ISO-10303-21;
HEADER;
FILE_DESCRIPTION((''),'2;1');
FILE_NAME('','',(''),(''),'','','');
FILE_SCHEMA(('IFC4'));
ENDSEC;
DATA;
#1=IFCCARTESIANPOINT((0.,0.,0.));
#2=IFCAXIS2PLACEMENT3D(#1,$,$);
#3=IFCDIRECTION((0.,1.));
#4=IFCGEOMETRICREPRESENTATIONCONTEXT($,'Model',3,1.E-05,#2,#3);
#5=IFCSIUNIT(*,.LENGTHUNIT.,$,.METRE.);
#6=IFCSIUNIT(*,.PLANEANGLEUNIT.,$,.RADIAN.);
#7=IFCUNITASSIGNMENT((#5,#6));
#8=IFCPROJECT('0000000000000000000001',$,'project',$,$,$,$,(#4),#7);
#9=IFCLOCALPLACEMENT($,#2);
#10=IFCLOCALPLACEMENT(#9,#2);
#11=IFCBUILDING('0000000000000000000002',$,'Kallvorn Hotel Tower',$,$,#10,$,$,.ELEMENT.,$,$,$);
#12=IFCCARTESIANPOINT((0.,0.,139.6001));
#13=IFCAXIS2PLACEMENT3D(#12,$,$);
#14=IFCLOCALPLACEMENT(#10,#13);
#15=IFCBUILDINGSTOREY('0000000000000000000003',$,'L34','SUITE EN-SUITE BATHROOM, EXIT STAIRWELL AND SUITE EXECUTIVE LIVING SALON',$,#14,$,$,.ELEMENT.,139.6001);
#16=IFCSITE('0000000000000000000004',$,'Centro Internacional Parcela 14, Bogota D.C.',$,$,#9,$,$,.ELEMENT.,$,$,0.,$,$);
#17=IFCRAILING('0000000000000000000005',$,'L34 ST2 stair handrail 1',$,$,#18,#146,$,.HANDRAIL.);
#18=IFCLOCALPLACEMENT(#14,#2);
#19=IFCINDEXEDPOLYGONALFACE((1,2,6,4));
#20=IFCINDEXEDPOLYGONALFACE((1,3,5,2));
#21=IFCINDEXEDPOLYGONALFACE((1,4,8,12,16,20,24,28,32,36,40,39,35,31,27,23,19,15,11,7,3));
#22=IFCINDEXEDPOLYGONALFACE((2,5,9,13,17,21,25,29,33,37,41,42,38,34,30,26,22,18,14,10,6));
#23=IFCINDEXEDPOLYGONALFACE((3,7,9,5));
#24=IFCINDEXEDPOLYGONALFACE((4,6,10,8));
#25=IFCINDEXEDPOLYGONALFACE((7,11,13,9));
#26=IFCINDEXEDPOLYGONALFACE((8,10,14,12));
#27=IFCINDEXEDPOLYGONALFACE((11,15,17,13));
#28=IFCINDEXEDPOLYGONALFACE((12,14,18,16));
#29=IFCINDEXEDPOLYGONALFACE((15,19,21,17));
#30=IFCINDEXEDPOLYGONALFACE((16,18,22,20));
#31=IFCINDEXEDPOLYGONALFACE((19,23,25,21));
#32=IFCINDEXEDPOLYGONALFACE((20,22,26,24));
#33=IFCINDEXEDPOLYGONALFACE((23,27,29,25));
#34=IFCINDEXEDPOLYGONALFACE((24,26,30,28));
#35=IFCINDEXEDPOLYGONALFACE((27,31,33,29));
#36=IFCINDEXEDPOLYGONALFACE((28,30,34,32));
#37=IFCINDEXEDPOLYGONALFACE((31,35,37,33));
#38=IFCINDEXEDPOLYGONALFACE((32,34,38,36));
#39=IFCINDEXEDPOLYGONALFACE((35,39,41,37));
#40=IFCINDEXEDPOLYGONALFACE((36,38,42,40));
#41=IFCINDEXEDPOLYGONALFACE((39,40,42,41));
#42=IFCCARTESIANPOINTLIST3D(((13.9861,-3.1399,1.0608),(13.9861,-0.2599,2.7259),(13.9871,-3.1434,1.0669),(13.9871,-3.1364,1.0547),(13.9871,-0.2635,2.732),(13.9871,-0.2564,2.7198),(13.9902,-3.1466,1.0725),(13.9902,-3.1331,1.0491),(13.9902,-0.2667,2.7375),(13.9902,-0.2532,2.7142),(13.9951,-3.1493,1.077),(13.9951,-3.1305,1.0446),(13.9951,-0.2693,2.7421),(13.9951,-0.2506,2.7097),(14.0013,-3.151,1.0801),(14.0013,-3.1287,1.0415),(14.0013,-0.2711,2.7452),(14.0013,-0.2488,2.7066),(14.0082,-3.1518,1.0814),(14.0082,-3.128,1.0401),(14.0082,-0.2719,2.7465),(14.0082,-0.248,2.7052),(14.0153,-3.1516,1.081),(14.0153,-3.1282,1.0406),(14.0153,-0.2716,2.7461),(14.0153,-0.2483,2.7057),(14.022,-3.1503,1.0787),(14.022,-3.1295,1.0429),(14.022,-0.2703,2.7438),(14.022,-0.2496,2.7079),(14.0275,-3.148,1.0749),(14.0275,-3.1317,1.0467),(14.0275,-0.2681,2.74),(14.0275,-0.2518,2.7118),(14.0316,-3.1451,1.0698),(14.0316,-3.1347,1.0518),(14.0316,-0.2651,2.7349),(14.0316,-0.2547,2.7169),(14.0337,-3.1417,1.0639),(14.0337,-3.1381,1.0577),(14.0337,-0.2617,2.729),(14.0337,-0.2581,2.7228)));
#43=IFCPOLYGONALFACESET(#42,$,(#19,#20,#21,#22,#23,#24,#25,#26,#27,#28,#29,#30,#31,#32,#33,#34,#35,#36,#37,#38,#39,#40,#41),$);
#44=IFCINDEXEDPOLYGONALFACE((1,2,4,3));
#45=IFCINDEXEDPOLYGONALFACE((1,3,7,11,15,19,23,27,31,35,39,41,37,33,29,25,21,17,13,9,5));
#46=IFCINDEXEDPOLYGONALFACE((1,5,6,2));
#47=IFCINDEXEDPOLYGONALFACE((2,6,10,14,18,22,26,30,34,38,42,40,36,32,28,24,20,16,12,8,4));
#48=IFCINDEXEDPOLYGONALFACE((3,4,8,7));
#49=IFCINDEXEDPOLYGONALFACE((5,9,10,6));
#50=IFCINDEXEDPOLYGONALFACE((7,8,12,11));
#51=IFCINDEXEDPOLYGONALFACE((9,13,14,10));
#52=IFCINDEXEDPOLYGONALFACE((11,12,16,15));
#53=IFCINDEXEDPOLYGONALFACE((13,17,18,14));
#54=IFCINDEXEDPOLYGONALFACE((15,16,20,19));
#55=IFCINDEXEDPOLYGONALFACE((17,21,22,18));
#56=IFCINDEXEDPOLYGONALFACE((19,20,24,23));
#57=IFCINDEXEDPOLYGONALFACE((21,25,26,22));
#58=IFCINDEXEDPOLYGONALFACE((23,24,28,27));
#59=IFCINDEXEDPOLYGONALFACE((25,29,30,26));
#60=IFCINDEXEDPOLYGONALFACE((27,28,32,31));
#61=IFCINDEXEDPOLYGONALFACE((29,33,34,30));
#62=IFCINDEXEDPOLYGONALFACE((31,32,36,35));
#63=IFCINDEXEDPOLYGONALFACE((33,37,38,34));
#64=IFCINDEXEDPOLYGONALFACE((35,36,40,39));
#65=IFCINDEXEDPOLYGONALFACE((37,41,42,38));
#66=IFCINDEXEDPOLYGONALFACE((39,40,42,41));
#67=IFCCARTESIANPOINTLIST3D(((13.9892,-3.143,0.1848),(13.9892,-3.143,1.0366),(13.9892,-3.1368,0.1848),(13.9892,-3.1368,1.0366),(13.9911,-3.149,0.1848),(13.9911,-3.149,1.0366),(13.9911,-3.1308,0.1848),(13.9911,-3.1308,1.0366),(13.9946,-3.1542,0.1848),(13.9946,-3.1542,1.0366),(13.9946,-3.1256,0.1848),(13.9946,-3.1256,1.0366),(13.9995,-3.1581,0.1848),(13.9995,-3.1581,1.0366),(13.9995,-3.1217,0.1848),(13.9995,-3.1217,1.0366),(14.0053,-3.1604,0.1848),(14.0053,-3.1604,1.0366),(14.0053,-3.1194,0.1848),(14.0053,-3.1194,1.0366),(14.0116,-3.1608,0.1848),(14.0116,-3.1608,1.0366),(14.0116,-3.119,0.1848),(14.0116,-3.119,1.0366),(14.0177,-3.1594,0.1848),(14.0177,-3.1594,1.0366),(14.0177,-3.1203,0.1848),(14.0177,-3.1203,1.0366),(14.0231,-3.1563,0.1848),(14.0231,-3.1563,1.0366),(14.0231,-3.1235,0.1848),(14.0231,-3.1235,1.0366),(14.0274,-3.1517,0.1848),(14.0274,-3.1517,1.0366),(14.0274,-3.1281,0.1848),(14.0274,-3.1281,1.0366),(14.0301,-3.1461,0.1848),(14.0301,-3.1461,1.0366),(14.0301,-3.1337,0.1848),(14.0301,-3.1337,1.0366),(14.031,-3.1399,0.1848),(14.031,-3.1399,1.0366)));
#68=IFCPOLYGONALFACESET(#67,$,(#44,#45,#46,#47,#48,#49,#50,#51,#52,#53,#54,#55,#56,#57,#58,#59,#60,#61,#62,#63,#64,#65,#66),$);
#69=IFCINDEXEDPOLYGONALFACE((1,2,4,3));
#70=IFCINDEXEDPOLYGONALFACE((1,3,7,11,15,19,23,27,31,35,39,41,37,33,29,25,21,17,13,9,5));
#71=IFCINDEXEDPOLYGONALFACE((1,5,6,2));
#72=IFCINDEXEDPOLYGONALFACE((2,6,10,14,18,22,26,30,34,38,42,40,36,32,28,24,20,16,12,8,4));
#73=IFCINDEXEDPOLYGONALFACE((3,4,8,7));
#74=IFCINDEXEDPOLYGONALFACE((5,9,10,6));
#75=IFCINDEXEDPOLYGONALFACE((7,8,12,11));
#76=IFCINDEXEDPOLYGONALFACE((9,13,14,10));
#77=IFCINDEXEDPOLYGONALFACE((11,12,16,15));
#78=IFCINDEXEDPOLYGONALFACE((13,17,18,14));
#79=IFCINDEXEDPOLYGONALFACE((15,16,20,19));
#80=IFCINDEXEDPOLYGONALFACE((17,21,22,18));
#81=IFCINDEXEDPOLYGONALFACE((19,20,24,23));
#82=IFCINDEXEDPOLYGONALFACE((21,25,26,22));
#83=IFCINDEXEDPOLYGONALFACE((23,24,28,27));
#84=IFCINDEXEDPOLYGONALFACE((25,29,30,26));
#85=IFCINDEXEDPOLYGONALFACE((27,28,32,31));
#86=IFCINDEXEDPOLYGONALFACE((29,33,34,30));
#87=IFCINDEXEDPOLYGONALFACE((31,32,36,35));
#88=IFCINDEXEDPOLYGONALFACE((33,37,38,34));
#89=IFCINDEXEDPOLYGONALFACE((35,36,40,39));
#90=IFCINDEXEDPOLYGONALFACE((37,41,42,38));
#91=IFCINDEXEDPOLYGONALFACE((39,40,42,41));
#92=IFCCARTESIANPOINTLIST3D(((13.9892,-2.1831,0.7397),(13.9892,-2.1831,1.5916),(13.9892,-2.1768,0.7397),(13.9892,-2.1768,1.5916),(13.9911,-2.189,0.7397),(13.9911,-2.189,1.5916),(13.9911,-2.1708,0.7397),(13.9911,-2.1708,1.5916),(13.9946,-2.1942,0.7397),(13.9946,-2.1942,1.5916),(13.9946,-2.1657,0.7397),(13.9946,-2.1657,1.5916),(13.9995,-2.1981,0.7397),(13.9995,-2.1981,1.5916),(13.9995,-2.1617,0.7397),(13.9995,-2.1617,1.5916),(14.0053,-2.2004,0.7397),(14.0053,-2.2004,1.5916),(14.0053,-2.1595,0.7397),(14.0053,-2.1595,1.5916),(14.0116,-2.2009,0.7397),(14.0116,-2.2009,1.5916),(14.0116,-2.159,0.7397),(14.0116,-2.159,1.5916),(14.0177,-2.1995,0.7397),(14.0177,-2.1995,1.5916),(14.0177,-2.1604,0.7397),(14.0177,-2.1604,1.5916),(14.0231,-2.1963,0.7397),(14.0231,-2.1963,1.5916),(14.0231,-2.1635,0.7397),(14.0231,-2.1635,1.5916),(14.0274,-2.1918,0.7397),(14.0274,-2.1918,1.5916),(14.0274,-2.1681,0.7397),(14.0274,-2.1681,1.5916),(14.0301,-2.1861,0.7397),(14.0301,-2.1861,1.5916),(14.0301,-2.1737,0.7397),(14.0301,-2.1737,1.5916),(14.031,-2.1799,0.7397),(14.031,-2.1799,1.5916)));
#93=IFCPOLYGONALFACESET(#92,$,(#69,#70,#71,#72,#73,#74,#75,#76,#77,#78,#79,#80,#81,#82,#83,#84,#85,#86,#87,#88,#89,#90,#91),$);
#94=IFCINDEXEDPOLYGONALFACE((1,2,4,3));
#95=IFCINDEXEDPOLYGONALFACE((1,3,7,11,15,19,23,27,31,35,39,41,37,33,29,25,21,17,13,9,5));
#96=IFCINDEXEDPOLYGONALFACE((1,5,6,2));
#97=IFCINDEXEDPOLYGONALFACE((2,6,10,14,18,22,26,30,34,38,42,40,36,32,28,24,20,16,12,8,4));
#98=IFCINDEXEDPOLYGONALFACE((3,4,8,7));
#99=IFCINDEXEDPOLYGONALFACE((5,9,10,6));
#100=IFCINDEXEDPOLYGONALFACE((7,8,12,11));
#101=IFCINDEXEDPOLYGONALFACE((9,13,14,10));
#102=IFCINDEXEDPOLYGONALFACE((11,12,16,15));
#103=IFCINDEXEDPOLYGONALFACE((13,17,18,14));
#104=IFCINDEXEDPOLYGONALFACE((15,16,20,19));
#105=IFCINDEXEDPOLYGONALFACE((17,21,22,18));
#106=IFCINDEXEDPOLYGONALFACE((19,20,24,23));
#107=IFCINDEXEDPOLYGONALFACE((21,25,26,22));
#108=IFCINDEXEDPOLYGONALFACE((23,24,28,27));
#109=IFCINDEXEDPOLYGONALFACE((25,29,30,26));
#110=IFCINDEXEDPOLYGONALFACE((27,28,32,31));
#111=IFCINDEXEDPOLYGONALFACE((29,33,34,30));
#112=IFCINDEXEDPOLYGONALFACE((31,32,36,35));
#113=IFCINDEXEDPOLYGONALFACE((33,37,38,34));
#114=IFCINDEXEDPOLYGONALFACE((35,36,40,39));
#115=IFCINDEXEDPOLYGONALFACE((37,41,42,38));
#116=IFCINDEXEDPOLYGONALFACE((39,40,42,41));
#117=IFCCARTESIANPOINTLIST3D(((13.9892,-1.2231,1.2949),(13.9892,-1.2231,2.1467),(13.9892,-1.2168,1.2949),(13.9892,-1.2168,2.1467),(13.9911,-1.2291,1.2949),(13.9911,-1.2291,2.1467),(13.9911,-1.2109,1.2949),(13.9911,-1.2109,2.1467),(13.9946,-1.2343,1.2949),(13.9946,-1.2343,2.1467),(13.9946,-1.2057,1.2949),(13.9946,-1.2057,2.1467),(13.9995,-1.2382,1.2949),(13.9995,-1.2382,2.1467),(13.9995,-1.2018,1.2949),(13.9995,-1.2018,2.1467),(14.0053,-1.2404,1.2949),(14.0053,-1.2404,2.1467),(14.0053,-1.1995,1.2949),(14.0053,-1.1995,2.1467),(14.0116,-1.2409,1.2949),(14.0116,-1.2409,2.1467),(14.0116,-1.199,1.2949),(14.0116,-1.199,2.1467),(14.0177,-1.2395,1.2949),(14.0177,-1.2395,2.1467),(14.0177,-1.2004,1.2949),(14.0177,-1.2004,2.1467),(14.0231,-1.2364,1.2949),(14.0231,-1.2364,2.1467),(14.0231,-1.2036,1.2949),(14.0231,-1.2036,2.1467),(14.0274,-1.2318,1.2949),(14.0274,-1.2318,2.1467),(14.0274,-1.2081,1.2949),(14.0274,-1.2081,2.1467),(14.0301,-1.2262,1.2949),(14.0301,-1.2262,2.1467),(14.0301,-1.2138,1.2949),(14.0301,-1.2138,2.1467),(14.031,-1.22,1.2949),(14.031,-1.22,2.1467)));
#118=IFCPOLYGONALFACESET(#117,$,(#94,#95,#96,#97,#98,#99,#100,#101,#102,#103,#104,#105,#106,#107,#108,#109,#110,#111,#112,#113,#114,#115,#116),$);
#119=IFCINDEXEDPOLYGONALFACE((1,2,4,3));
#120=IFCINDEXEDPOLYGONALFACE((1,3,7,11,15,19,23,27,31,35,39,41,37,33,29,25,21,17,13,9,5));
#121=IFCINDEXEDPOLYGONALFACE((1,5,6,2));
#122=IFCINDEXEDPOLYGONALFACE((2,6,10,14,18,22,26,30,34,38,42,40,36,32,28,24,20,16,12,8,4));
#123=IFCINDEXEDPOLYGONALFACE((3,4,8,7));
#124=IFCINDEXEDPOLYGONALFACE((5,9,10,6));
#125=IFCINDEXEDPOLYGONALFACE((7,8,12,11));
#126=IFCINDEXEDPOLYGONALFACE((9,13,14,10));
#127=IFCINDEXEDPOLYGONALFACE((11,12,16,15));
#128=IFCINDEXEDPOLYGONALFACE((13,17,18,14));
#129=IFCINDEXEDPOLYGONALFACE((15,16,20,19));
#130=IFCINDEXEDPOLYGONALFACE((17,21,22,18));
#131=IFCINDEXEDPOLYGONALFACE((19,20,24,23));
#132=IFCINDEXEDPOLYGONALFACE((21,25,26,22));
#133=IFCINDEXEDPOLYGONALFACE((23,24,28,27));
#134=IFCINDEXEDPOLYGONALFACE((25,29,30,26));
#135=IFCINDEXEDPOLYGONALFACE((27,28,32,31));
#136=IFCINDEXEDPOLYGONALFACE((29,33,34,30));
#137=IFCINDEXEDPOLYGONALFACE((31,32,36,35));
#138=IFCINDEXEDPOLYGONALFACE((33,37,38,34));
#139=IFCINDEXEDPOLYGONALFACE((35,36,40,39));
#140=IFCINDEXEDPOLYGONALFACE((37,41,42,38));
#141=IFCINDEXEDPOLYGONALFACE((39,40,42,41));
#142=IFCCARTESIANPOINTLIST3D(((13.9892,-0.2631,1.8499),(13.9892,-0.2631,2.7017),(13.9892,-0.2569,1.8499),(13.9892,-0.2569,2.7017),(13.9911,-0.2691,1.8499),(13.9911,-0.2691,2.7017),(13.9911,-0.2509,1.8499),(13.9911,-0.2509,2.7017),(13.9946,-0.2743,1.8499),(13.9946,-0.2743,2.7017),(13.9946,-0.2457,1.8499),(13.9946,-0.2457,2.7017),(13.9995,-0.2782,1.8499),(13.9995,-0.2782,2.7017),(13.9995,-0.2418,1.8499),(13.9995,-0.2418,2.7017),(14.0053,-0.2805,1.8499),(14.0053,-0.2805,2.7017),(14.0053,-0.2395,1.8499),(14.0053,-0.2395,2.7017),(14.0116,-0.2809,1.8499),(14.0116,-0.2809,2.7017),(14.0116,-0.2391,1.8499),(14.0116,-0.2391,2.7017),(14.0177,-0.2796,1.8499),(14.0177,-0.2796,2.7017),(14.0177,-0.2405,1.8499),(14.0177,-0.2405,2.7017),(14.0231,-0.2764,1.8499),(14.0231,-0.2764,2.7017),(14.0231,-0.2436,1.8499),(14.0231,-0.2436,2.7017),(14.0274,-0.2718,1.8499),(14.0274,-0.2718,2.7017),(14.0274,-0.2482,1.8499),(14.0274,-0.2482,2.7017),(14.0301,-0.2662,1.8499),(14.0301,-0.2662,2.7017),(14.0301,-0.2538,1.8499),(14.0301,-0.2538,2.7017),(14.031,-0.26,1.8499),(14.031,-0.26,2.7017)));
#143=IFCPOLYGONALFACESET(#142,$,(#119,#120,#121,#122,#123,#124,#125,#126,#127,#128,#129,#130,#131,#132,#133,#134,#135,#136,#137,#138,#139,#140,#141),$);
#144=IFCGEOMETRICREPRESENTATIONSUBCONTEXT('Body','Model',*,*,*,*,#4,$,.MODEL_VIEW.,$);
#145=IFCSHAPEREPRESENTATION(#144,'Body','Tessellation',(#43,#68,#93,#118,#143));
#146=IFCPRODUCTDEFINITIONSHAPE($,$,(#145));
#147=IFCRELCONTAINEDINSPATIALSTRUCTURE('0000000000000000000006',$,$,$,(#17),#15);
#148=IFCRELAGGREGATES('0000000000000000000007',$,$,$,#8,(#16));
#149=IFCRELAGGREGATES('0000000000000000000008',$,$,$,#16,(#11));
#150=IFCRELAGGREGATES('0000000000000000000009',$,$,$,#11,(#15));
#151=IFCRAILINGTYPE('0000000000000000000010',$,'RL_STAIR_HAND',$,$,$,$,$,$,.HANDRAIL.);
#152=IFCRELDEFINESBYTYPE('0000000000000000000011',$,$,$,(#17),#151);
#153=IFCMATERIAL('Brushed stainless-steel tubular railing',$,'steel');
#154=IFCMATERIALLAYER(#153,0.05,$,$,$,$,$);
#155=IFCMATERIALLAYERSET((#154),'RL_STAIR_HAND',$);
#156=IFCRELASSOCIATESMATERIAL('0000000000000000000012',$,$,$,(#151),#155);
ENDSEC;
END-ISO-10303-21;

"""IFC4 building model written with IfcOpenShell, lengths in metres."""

from ifc_helpers import new_model, si_unit, direction, frame, origin, origin_2d, place, context, subcontext, project, spatial, circle, extrude, material, layer, layer_set, type_object, element, save


model = new_model("IFC4")

# Units and contexts
model_context = context("Model", 3, precision=1e-05, world=origin(), true_north=direction((0.0, 1.0)))
body_context = subcontext(model_context, "Body", "Model", "MODEL_VIEW")
ifc_project = project(units=[si_unit("LENGTHUNIT", "METRE"), si_unit("PLANEANGLEUNIT", "RADIAN")], contexts=[model_context])

# Site, building, storey
site_placement = place(None, origin())
site = spatial("IfcSite", under=ifc_project, at=site_placement, Name="Centro Internacional Parcela 14, Bogota D.C.", CompositionType="ELEMENT", RefElevation=0.0)
building_placement = place(site_placement, origin())
building = spatial("IfcBuilding", under=site, at=building_placement, Name="Kallvorn Hotel Tower", CompositionType="ELEMENT")
storey_placement = place(building_placement, frame((0.0, 0.0, 139.6001)))
storey = spatial("IfcBuildingStorey", under=building, at=storey_placement, Name="L34", Description="SUITE EN-SUITE BATHROOM, EXIT STAIRWELL AND SUITE EXECUTIVE LIVING SALON", CompositionType="ELEMENT", Elevation=139.6001)

# Railing
ifc_material_1 = material(Name="Brushed stainless-steel tubular railing", Category="steel")
ifc_layer_1 = layer(ifc_material_1, 0.05)
ifc_layer_set_1 = layer_set([ifc_layer_1], Name="RL_STAIR_HAND")
railing_type_1 = type_object("IfcRailingType", Name="RL_STAIR_HAND", PredefinedType="HANDRAIL", material=ifc_layer_set_1)
railing_1_placement = place(storey_placement, frame((14.01, -3.1399, 0.1848)))
element("IfcRailing", 1, at=railing_1_placement, inside=storey, type_object=railing_type_1, Name="L34 ST2 stair handrail 1", PredefinedType="HANDRAIL", context=body_context, shape_type="SweptSolid", body=[
    extrude(circle(Radius=0.0239, at=origin_2d()), frame((0.0, 0.0, 0.876), z_axis=(0.0, 0.865721, 0.500527), x_axis=(-1.0, 0.0, 0.0)), (0.0, 0.0, 1.0), 3.3267),
    extrude(circle(Radius=0.021, at=origin_2d()), origin(), (0.0, 0.0, 1.0), 0.8518),
    extrude(circle(Radius=0.021, at=origin_2d()), frame((0.0, 0.96, 0.5549)), (0.0, 0.0, 1.0), 0.8518),
    extrude(circle(Radius=0.021, at=origin_2d()), frame((0.0, 1.9199, 1.1101)), (0.0, 0.0, 1.0), 0.8518),
    extrude(circle(Radius=0.021, at=origin_2d()), frame((0.0, 2.8799, 1.665)), (0.0, 0.0, 1.0), 0.8518),
])

save(model, "model.ifc")
